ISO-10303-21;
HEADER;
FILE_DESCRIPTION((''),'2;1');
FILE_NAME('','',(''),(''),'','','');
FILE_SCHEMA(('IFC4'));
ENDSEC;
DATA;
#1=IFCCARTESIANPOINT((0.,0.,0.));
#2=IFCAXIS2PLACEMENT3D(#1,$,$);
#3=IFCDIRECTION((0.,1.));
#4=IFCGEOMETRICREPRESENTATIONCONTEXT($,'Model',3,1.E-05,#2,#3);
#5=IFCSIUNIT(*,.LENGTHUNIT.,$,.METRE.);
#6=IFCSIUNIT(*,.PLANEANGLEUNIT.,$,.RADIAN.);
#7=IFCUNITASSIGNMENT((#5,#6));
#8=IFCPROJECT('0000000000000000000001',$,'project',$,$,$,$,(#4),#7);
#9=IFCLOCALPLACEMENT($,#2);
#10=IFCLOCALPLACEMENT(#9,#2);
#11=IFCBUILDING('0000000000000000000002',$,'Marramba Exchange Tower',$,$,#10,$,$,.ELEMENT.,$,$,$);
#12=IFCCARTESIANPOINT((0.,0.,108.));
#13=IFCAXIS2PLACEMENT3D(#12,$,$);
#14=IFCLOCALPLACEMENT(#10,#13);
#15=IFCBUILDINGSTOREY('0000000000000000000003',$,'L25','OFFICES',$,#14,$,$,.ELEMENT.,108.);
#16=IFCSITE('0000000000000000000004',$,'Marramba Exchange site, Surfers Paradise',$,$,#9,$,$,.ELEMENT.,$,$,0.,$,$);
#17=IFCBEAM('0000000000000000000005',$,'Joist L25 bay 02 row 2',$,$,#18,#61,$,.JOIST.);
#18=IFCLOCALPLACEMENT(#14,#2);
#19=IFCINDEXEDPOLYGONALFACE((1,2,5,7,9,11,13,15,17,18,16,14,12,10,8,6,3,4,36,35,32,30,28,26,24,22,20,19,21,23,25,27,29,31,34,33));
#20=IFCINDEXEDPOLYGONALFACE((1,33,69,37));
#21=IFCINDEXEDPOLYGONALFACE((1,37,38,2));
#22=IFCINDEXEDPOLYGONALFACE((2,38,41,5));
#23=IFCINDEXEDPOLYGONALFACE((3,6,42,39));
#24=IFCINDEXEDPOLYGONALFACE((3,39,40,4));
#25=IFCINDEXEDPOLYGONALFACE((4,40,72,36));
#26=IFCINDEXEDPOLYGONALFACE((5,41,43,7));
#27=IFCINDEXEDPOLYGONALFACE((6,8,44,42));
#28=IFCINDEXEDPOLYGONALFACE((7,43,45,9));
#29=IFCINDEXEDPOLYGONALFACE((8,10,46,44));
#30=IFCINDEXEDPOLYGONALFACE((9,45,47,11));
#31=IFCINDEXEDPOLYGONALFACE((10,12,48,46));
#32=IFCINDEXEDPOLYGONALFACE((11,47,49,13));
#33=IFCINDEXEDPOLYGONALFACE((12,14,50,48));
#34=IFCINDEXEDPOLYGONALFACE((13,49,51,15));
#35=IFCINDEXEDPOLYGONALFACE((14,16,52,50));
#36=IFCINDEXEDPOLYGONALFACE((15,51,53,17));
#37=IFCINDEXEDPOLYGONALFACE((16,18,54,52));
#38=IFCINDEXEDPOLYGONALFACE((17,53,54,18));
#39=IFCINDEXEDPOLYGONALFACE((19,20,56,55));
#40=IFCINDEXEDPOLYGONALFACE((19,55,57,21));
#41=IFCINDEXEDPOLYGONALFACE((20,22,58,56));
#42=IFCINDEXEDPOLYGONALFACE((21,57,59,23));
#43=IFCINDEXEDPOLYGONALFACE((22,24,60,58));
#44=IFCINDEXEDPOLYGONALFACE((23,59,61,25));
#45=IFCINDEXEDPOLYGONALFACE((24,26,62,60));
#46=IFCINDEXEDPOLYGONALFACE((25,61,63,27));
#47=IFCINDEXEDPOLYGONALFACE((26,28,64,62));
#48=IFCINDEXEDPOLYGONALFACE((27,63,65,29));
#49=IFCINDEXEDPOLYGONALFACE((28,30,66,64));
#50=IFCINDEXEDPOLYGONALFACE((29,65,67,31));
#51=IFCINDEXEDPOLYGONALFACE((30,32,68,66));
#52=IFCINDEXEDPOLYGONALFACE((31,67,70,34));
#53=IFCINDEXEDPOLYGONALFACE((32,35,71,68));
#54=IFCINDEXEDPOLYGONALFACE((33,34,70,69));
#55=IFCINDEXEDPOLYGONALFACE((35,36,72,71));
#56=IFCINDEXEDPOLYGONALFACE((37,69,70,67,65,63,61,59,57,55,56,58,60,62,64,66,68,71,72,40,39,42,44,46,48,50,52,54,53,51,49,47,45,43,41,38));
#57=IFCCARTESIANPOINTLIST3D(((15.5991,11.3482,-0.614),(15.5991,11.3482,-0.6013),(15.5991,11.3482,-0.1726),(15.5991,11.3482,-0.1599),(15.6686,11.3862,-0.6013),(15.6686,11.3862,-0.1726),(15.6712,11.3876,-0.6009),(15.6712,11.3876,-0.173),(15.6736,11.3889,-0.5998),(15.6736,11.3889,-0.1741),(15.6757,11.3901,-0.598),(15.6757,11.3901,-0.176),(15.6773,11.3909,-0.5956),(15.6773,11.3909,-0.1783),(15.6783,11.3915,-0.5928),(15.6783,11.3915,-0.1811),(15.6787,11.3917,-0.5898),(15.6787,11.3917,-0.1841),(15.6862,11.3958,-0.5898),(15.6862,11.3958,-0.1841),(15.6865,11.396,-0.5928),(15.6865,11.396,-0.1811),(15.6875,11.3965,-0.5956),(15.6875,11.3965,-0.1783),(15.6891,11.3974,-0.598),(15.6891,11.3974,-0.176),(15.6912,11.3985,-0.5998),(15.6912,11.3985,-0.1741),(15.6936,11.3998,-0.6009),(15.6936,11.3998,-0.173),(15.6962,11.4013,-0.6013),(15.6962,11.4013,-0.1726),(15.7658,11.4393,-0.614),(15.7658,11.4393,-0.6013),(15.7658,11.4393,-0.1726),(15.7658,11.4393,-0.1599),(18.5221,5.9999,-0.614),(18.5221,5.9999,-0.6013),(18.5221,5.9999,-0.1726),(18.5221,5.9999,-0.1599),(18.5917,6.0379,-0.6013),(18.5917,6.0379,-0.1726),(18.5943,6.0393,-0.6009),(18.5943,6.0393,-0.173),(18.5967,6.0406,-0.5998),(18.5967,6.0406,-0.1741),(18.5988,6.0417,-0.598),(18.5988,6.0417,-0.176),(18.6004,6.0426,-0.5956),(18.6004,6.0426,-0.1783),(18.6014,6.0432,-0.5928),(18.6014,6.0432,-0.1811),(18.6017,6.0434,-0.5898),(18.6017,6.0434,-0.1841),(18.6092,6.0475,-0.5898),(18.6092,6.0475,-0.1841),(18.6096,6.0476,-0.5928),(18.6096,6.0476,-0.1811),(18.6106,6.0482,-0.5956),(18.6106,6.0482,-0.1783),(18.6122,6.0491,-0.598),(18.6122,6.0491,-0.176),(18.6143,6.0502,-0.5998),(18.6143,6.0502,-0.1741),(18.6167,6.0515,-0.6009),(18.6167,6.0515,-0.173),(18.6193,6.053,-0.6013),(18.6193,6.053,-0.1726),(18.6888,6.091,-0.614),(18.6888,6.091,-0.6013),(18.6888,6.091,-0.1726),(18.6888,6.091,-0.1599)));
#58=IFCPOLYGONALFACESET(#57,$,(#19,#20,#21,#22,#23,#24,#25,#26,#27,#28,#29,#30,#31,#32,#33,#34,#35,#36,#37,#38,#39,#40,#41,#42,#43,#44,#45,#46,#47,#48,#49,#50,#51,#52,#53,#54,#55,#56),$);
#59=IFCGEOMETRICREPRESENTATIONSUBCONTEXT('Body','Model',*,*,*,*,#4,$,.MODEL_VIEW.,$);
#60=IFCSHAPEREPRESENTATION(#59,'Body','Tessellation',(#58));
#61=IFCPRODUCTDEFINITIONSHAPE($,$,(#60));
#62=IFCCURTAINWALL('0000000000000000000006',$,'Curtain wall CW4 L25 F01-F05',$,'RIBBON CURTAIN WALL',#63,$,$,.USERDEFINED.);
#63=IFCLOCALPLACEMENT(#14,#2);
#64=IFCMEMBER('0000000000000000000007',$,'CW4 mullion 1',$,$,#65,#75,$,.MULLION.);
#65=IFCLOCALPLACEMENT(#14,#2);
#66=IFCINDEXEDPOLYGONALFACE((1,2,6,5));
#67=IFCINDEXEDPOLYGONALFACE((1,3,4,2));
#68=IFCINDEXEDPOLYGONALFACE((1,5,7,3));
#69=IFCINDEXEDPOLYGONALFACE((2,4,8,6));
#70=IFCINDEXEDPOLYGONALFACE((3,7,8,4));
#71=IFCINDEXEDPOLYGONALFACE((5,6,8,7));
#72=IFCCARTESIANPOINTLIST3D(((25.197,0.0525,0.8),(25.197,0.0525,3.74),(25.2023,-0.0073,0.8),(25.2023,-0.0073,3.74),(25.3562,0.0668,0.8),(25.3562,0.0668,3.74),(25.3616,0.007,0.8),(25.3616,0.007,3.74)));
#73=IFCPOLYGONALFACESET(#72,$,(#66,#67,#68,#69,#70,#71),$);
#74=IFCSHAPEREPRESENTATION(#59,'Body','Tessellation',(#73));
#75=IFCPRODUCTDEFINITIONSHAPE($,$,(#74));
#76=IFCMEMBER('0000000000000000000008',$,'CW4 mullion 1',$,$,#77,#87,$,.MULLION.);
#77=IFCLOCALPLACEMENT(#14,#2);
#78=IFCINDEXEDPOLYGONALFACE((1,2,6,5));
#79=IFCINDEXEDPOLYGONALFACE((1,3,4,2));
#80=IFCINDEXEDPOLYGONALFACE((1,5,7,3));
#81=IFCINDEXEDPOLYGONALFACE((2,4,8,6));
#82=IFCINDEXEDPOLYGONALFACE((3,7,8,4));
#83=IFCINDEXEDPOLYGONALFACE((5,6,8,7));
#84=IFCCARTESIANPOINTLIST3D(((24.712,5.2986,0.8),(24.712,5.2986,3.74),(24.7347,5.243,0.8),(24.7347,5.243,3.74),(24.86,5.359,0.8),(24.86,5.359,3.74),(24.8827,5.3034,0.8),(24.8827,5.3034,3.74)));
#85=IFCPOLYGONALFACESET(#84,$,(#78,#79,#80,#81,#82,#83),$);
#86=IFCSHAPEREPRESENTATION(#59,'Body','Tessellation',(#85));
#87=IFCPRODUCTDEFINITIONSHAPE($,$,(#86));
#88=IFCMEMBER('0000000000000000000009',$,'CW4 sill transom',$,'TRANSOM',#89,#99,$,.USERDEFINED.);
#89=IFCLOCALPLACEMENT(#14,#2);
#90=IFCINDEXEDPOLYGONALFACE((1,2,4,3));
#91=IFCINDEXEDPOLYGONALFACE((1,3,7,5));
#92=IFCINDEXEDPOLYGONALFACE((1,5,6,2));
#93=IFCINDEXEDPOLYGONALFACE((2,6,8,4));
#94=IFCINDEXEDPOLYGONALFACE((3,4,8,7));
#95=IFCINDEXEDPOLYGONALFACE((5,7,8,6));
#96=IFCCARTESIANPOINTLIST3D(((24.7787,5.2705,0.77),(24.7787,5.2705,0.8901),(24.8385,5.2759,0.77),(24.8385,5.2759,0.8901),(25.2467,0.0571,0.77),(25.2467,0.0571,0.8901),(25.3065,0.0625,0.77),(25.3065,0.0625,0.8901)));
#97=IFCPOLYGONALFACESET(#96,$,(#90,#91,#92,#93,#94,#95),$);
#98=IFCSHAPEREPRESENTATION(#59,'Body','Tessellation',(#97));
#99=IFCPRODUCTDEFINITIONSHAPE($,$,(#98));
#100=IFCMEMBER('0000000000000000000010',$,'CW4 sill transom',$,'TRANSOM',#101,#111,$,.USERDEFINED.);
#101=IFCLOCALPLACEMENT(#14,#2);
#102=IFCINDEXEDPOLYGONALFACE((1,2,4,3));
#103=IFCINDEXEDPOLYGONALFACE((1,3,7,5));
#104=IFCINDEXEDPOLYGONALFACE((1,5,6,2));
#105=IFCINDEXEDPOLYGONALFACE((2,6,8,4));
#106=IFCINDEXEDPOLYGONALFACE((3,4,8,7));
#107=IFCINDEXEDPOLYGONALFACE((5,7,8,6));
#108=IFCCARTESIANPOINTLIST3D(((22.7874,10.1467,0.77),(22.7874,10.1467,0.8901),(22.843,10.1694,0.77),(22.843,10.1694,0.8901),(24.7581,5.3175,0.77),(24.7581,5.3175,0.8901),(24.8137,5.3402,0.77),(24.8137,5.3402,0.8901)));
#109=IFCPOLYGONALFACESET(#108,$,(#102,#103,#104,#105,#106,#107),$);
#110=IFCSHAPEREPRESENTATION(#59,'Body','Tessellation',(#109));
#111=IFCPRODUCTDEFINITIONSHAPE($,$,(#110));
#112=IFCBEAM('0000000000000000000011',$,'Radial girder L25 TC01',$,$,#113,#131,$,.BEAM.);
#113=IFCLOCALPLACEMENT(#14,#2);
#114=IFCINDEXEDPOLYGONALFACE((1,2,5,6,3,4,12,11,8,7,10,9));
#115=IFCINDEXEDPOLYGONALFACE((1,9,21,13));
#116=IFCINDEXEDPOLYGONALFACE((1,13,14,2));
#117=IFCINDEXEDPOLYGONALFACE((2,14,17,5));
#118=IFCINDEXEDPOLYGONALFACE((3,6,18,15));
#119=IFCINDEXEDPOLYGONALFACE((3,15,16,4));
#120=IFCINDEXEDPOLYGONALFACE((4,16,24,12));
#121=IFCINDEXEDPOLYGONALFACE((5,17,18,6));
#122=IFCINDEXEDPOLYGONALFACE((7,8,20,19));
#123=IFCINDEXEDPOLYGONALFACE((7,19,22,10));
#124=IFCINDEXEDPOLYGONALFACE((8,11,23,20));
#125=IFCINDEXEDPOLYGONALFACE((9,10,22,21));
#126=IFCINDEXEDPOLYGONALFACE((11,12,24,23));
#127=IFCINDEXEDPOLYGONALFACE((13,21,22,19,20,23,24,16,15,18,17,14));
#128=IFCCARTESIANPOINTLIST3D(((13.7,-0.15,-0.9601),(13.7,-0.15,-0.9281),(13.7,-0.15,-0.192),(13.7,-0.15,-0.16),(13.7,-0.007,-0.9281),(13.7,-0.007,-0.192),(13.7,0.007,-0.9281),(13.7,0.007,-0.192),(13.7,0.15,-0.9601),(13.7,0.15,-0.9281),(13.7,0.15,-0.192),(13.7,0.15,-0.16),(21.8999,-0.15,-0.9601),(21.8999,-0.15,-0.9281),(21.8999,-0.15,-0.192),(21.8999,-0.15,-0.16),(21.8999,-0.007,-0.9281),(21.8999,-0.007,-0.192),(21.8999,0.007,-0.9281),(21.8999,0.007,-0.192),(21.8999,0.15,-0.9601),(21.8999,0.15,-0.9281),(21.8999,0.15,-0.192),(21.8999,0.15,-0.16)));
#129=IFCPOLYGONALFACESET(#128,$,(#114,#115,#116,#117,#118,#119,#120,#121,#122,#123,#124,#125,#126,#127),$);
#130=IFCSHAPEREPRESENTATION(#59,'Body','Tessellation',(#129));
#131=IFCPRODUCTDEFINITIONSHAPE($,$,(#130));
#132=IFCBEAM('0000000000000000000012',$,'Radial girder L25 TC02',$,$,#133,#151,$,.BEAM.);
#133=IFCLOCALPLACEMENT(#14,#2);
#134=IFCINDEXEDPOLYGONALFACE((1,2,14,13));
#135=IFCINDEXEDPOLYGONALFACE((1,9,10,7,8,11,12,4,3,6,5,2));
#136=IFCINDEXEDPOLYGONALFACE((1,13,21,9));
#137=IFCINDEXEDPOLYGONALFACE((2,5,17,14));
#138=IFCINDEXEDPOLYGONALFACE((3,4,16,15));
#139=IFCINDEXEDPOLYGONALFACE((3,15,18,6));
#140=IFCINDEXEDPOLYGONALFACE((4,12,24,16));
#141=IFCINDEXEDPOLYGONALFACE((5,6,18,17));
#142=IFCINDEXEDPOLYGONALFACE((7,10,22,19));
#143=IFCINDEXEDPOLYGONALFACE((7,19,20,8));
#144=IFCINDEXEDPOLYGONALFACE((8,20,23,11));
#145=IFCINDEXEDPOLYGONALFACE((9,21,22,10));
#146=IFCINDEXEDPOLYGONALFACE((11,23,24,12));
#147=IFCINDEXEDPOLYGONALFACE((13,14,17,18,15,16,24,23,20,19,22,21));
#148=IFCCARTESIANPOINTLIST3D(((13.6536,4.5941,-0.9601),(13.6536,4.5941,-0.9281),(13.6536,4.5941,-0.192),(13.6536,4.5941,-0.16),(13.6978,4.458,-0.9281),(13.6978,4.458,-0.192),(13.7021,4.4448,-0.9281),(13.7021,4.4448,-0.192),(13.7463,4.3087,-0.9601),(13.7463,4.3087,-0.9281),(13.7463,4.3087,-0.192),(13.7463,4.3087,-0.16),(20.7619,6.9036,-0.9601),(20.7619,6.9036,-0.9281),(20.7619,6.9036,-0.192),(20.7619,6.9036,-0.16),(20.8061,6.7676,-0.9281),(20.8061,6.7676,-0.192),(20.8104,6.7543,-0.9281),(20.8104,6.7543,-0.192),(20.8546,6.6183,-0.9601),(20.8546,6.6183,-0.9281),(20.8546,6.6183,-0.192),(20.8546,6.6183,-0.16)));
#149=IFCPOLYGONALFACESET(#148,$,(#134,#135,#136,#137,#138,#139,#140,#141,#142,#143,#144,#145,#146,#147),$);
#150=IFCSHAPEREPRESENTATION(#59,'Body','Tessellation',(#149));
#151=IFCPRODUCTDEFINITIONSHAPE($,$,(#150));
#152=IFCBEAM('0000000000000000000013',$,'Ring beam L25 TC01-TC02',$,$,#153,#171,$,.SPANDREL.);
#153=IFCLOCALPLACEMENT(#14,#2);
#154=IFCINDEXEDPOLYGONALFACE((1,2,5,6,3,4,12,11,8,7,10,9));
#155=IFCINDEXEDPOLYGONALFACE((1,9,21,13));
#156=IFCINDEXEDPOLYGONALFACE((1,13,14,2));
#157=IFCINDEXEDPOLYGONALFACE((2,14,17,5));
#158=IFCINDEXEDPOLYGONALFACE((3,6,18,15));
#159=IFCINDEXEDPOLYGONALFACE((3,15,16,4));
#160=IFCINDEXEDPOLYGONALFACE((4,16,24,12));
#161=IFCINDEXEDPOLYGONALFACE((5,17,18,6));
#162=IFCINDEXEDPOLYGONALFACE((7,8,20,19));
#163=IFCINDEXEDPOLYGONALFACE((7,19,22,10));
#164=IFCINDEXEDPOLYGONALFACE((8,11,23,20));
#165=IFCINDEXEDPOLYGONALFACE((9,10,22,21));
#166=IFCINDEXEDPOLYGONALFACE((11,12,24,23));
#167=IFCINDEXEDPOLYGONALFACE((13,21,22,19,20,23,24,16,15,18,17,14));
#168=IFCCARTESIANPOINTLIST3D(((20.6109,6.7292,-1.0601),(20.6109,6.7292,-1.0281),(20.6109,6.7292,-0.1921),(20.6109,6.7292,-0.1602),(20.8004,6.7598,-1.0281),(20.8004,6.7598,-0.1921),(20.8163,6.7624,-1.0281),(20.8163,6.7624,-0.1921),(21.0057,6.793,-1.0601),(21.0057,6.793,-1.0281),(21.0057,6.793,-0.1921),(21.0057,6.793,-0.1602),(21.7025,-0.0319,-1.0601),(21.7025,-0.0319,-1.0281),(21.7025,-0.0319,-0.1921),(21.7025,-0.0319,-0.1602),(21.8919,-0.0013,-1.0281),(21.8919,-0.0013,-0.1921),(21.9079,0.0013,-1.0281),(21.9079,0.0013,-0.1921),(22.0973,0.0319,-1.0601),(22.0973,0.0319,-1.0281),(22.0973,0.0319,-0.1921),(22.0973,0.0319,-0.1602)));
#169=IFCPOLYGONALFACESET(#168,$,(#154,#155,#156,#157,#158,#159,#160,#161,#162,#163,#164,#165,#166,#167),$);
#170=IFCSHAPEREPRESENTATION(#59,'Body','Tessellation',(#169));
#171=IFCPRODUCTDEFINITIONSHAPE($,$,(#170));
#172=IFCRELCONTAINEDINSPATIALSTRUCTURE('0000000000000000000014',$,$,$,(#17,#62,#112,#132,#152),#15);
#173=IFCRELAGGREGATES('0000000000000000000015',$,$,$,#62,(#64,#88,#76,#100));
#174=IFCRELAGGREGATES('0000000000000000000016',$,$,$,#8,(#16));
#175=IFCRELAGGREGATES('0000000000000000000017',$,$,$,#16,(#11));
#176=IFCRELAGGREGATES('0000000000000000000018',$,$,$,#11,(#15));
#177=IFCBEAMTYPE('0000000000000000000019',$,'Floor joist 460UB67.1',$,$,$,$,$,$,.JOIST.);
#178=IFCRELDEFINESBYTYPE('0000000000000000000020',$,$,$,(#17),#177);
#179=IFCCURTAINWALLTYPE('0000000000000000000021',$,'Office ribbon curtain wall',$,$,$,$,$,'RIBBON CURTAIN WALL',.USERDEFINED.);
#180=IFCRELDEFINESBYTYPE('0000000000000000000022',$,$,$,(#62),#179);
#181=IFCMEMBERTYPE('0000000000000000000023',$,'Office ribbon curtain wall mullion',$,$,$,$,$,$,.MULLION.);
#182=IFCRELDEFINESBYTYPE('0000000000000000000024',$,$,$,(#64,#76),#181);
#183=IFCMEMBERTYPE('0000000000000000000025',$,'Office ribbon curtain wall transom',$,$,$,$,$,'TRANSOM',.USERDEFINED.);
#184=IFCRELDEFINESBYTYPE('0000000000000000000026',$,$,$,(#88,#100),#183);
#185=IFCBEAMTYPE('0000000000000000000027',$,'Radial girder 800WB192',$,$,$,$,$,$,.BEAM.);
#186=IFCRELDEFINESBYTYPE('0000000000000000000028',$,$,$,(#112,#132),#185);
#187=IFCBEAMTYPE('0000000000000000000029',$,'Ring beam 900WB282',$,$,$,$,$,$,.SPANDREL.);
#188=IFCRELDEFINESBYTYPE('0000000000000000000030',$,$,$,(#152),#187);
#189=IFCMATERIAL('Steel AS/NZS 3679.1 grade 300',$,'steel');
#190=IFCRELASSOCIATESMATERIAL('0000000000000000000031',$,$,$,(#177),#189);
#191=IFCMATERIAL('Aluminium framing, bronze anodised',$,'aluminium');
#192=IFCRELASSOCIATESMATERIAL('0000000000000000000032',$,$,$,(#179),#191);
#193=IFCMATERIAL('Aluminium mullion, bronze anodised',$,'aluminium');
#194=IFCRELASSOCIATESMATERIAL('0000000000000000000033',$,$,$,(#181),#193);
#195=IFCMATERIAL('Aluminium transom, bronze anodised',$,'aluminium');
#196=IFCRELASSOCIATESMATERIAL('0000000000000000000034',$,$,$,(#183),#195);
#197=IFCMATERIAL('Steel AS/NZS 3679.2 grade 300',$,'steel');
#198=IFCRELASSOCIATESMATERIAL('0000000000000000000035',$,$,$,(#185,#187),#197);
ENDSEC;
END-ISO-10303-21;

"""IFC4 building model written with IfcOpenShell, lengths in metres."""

from ifc_helpers import new_model, si_unit, direction, frame, origin, origin_2d, place, context, subcontext, project, spatial, rectangle, i_section, extrude, material, material_profile, profile_set, type_object, element, aggregate, save


model = new_model("IFC4")

# Units and contexts
model_context = context("Model", 3, precision=1e-05, world=origin(), true_north=direction((0.0, 1.0)))
body_context = subcontext(model_context, "Body", "Model", "MODEL_VIEW")
ifc_project = project(units=[si_unit("LENGTHUNIT", "METRE"), si_unit("PLANEANGLEUNIT", "RADIAN")], contexts=[model_context])

# Site, building, storey
site_placement = place(None, origin())
site = spatial("IfcSite", under=ifc_project, at=site_placement, Name="Marramba Exchange site, Surfers Paradise", CompositionType="ELEMENT", RefElevation=0.0)
building_placement = place(site_placement, origin())
building = spatial("IfcBuilding", under=site, at=building_placement, Name="Marramba Exchange Tower", CompositionType="ELEMENT")
storey_placement = place(building_placement, frame((0.0, 0.0, 108.0)))
storey = spatial("IfcBuildingStorey", under=building, at=storey_placement, Name="L25", Description="OFFICES", CompositionType="ELEMENT", Elevation=108.0)

# Beam
ifc_material_1 = material(Name="Steel AS/NZS 3679.2 grade 300", Category="steel")
ifc_material_2 = material(Name="Steel AS/NZS 3679.1 grade 300", Category="steel")
ifc_material_profile_1 = material_profile(ifc_material_2, i_section(OverallWidth=0.1899, OverallDepth=0.4541, WebThickness=0.0085, FlangeThickness=0.0127, FilletRadius=0.0115, at=origin_2d()), Name="460UB67.1")
ifc_profile_set_1 = profile_set([ifc_material_profile_1], Name="Steel AS/NZS 3679.1 grade 300")
beam_type_1 = type_object("IfcBeamType", Name="Floor joist 460UB67.1", PredefinedType="JOIST", material=ifc_profile_set_1)
beam_1_placement = place(storey_placement, frame((18.6055, 6.0454, -0.387), z_axis=(-0.479584, 0.877496, 0.0), x_axis=(-0.877496, -0.479584, 0.0)))
element("IfcBeam", 1, at=beam_1_placement, inside=storey, type_object=beam_type_1, Name="Joist L25 bay 02 row 2", PredefinedType="JOIST", context=body_context, shape_type="SweptSolid", body=[
    extrude(i_section(OverallWidth=0.1899, OverallDepth=0.4541, WebThickness=0.0085, FlangeThickness=0.0127, FilletRadius=0.0115, at=origin_2d()), origin(), (0.0, 0.0, 1.0), 6.095),
])

# Curtain wall, members
ifc_material_3 = material(Name="Aluminium framing, bronze anodised", Category="aluminium")
curtain_wall_type = type_object("IfcCurtainWallType", Name="Office ribbon curtain wall", ElementType="RIBBON CURTAIN WALL", PredefinedType="USERDEFINED", material=ifc_material_3)
curtain_wall_placement = place(storey_placement, origin())
curtain_wall = element("IfcCurtainWall", 2, at=curtain_wall_placement, inside=storey, type_object=curtain_wall_type, Name="Curtain wall CW4 L25 F01-F05", ObjectType="RIBBON CURTAIN WALL", PredefinedType="USERDEFINED")
ifc_material_4 = material(Name="Aluminium mullion, bronze anodised", Category="aluminium")
ifc_material_profile_2 = material_profile(ifc_material_4, rectangle(XDim=0.1599, YDim=0.0601, at=origin_2d()), Name="CW4 mullion 60x160")
ifc_profile_set_2 = profile_set([ifc_material_profile_2], Name="Aluminium mullion, bronze anodised")
member_type_1 = type_object("IfcMemberType", Name="Office ribbon curtain wall mullion", PredefinedType="MULLION", material=ifc_profile_set_2)
member_1_placement = place(storey_placement, frame((25.2793, 0.0298, 0.8), z_axis=(0.0, 0.0, 1.0), x_axis=(-0.995995, -0.089413, 0.0)))
member_1 = element("IfcMember", 3, at=member_1_placement, type_object=member_type_1, Name="CW4 mullion 1", PredefinedType="MULLION", context=body_context, shape_type="SweptSolid", body=[
    extrude(rectangle(XDim=0.1599, YDim=0.0601, at=origin_2d()), origin(), (0.0, 0.0, 1.0), 2.9399),
])
member_2_placement = place(storey_placement, frame((24.7974, 5.301, 0.8), z_axis=(0.0, 0.0, 1.0), x_axis=(-0.925879, -0.377821, 0.0)))
member_2 = element("IfcMember", 4, at=member_2_placement, type_object=member_type_1, Name="CW4 mullion 1", PredefinedType="MULLION", context=body_context, shape_type="SweptSolid", body=[
    extrude(rectangle(XDim=0.1599, YDim=0.0601, at=origin_2d()), origin(), (0.0, 0.0, 1.0), 2.9399),
])
ifc_material_5 = material(Name="Aluminium transom, bronze anodised", Category="aluminium")
ifc_material_profile_3 = material_profile(ifc_material_5, rectangle(XDim=0.0601, YDim=0.1201, at=origin_2d()), Name="CW4 transom 60x120")
ifc_profile_set_3 = profile_set([ifc_material_profile_3], Name="Aluminium transom, bronze anodised")
member_type_2 = type_object("IfcMemberType", Name="Office ribbon curtain wall transom", ElementType="TRANSOM", PredefinedType="USERDEFINED", material=ifc_profile_set_3)
member_3_placement = place(storey_placement, frame((25.2766, 0.0598, 0.8301), z_axis=(-0.089413, 0.995995, 0.0), x_axis=(-0.995995, -0.089413, 0.0)))
member_3 = element("IfcMember", 5, at=member_3_placement, type_object=member_type_2, Name="CW4 sill transom", ObjectType="TRANSOM", PredefinedType="USERDEFINED", context=body_context, shape_type="SweptSolid", body=[
    extrude(rectangle(XDim=0.0601, YDim=0.1201, at=origin_2d()), origin(), (0.0, 0.0, 1.0), 5.2344),
])
member_4_placement = place(storey_placement, frame((24.7859, 5.3289, 0.8301), z_axis=(-0.377838, 0.925872, 0.0), x_axis=(-0.925872, -0.377838, 0.0)))
member_4 = element("IfcMember", 6, at=member_4_placement, type_object=member_type_2, Name="CW4 sill transom", ObjectType="TRANSOM", PredefinedType="USERDEFINED", context=body_context, shape_type="SweptSolid", body=[
    extrude(rectangle(XDim=0.0601, YDim=0.1201, at=origin_2d()), origin(), (0.0, 0.0, 1.0), 5.2158),
])

# Beams
ifc_material_profile_4 = material_profile(ifc_material_1, i_section(OverallWidth=0.3, OverallDepth=0.8, WebThickness=0.0139, FlangeThickness=0.032, at=origin_2d()), Name="800WB192")
ifc_profile_set_4 = profile_set([ifc_material_profile_4], Name="Steel AS/NZS 3679.2 grade 300")
beam_type_2 = type_object("IfcBeamType", Name="Radial girder 800WB192", PredefinedType="BEAM", material=ifc_profile_set_4)
beam_2_placement = place(storey_placement, frame((13.7, 0.0, -0.5601), z_axis=(1.0, 0.0, 0.0), x_axis=(0.0, 1.0, 0.0)))
element("IfcBeam", 7, at=beam_2_placement, inside=storey, type_object=beam_type_2, Name="Radial girder L25 TC01", PredefinedType="BEAM", context=body_context, shape_type="SweptSolid", body=[
    extrude(i_section(OverallWidth=0.3, OverallDepth=0.8, WebThickness=0.0139, FlangeThickness=0.032, at=origin_2d()), origin(), (0.0, 0.0, 1.0), 8.2),
])
beam_3_placement = place(storey_placement, frame((13.7, 4.4514, -0.5601), z_axis=(0.95106, 0.309006, 0.0), x_axis=(-0.309006, 0.95106, 0.0)))
element("IfcBeam", 8, at=beam_3_placement, inside=storey, type_object=beam_type_2, Name="Radial girder L25 TC02", PredefinedType="BEAM", context=body_context, shape_type="SweptSolid", body=[
    extrude(i_section(OverallWidth=0.3, OverallDepth=0.8, WebThickness=0.0139, FlangeThickness=0.032, at=origin_2d()), origin(), (0.0, 0.0, 1.0), 7.4741),
])
ifc_material_profile_5 = material_profile(ifc_material_1, i_section(OverallWidth=0.3999, OverallDepth=0.8999, WebThickness=0.0161, FlangeThickness=0.032, at=origin_2d()), Name="900WB282")
ifc_profile_set_5 = profile_set([ifc_material_profile_5], Name="Steel AS/NZS 3679.2 grade 300")
beam_type_3 = type_object("IfcBeamType", Name="Ring beam 900WB282", PredefinedType="SPANDREL", material=ifc_profile_set_5)
beam_4_placement = place(storey_placement, frame((21.8999, 0.0, -0.6101), z_axis=(-0.159385, 0.987217, 0.0), x_axis=(-0.987217, -0.159385, 0.0)))
element("IfcBeam", 9, at=beam_4_placement, inside=storey, type_object=beam_type_3, Name="Ring beam L25 TC01-TC02", PredefinedType="SPANDREL", context=body_context, shape_type="SweptSolid", body=[
    extrude(i_section(OverallWidth=0.3999, OverallDepth=0.8999, WebThickness=0.0161, FlangeThickness=0.032, at=origin_2d()), origin(), (0.0, 0.0, 1.0), 6.8486),
])

aggregate(curtain_wall, [member_1, member_3, member_2, member_4])

save(model, "model.ifc")
